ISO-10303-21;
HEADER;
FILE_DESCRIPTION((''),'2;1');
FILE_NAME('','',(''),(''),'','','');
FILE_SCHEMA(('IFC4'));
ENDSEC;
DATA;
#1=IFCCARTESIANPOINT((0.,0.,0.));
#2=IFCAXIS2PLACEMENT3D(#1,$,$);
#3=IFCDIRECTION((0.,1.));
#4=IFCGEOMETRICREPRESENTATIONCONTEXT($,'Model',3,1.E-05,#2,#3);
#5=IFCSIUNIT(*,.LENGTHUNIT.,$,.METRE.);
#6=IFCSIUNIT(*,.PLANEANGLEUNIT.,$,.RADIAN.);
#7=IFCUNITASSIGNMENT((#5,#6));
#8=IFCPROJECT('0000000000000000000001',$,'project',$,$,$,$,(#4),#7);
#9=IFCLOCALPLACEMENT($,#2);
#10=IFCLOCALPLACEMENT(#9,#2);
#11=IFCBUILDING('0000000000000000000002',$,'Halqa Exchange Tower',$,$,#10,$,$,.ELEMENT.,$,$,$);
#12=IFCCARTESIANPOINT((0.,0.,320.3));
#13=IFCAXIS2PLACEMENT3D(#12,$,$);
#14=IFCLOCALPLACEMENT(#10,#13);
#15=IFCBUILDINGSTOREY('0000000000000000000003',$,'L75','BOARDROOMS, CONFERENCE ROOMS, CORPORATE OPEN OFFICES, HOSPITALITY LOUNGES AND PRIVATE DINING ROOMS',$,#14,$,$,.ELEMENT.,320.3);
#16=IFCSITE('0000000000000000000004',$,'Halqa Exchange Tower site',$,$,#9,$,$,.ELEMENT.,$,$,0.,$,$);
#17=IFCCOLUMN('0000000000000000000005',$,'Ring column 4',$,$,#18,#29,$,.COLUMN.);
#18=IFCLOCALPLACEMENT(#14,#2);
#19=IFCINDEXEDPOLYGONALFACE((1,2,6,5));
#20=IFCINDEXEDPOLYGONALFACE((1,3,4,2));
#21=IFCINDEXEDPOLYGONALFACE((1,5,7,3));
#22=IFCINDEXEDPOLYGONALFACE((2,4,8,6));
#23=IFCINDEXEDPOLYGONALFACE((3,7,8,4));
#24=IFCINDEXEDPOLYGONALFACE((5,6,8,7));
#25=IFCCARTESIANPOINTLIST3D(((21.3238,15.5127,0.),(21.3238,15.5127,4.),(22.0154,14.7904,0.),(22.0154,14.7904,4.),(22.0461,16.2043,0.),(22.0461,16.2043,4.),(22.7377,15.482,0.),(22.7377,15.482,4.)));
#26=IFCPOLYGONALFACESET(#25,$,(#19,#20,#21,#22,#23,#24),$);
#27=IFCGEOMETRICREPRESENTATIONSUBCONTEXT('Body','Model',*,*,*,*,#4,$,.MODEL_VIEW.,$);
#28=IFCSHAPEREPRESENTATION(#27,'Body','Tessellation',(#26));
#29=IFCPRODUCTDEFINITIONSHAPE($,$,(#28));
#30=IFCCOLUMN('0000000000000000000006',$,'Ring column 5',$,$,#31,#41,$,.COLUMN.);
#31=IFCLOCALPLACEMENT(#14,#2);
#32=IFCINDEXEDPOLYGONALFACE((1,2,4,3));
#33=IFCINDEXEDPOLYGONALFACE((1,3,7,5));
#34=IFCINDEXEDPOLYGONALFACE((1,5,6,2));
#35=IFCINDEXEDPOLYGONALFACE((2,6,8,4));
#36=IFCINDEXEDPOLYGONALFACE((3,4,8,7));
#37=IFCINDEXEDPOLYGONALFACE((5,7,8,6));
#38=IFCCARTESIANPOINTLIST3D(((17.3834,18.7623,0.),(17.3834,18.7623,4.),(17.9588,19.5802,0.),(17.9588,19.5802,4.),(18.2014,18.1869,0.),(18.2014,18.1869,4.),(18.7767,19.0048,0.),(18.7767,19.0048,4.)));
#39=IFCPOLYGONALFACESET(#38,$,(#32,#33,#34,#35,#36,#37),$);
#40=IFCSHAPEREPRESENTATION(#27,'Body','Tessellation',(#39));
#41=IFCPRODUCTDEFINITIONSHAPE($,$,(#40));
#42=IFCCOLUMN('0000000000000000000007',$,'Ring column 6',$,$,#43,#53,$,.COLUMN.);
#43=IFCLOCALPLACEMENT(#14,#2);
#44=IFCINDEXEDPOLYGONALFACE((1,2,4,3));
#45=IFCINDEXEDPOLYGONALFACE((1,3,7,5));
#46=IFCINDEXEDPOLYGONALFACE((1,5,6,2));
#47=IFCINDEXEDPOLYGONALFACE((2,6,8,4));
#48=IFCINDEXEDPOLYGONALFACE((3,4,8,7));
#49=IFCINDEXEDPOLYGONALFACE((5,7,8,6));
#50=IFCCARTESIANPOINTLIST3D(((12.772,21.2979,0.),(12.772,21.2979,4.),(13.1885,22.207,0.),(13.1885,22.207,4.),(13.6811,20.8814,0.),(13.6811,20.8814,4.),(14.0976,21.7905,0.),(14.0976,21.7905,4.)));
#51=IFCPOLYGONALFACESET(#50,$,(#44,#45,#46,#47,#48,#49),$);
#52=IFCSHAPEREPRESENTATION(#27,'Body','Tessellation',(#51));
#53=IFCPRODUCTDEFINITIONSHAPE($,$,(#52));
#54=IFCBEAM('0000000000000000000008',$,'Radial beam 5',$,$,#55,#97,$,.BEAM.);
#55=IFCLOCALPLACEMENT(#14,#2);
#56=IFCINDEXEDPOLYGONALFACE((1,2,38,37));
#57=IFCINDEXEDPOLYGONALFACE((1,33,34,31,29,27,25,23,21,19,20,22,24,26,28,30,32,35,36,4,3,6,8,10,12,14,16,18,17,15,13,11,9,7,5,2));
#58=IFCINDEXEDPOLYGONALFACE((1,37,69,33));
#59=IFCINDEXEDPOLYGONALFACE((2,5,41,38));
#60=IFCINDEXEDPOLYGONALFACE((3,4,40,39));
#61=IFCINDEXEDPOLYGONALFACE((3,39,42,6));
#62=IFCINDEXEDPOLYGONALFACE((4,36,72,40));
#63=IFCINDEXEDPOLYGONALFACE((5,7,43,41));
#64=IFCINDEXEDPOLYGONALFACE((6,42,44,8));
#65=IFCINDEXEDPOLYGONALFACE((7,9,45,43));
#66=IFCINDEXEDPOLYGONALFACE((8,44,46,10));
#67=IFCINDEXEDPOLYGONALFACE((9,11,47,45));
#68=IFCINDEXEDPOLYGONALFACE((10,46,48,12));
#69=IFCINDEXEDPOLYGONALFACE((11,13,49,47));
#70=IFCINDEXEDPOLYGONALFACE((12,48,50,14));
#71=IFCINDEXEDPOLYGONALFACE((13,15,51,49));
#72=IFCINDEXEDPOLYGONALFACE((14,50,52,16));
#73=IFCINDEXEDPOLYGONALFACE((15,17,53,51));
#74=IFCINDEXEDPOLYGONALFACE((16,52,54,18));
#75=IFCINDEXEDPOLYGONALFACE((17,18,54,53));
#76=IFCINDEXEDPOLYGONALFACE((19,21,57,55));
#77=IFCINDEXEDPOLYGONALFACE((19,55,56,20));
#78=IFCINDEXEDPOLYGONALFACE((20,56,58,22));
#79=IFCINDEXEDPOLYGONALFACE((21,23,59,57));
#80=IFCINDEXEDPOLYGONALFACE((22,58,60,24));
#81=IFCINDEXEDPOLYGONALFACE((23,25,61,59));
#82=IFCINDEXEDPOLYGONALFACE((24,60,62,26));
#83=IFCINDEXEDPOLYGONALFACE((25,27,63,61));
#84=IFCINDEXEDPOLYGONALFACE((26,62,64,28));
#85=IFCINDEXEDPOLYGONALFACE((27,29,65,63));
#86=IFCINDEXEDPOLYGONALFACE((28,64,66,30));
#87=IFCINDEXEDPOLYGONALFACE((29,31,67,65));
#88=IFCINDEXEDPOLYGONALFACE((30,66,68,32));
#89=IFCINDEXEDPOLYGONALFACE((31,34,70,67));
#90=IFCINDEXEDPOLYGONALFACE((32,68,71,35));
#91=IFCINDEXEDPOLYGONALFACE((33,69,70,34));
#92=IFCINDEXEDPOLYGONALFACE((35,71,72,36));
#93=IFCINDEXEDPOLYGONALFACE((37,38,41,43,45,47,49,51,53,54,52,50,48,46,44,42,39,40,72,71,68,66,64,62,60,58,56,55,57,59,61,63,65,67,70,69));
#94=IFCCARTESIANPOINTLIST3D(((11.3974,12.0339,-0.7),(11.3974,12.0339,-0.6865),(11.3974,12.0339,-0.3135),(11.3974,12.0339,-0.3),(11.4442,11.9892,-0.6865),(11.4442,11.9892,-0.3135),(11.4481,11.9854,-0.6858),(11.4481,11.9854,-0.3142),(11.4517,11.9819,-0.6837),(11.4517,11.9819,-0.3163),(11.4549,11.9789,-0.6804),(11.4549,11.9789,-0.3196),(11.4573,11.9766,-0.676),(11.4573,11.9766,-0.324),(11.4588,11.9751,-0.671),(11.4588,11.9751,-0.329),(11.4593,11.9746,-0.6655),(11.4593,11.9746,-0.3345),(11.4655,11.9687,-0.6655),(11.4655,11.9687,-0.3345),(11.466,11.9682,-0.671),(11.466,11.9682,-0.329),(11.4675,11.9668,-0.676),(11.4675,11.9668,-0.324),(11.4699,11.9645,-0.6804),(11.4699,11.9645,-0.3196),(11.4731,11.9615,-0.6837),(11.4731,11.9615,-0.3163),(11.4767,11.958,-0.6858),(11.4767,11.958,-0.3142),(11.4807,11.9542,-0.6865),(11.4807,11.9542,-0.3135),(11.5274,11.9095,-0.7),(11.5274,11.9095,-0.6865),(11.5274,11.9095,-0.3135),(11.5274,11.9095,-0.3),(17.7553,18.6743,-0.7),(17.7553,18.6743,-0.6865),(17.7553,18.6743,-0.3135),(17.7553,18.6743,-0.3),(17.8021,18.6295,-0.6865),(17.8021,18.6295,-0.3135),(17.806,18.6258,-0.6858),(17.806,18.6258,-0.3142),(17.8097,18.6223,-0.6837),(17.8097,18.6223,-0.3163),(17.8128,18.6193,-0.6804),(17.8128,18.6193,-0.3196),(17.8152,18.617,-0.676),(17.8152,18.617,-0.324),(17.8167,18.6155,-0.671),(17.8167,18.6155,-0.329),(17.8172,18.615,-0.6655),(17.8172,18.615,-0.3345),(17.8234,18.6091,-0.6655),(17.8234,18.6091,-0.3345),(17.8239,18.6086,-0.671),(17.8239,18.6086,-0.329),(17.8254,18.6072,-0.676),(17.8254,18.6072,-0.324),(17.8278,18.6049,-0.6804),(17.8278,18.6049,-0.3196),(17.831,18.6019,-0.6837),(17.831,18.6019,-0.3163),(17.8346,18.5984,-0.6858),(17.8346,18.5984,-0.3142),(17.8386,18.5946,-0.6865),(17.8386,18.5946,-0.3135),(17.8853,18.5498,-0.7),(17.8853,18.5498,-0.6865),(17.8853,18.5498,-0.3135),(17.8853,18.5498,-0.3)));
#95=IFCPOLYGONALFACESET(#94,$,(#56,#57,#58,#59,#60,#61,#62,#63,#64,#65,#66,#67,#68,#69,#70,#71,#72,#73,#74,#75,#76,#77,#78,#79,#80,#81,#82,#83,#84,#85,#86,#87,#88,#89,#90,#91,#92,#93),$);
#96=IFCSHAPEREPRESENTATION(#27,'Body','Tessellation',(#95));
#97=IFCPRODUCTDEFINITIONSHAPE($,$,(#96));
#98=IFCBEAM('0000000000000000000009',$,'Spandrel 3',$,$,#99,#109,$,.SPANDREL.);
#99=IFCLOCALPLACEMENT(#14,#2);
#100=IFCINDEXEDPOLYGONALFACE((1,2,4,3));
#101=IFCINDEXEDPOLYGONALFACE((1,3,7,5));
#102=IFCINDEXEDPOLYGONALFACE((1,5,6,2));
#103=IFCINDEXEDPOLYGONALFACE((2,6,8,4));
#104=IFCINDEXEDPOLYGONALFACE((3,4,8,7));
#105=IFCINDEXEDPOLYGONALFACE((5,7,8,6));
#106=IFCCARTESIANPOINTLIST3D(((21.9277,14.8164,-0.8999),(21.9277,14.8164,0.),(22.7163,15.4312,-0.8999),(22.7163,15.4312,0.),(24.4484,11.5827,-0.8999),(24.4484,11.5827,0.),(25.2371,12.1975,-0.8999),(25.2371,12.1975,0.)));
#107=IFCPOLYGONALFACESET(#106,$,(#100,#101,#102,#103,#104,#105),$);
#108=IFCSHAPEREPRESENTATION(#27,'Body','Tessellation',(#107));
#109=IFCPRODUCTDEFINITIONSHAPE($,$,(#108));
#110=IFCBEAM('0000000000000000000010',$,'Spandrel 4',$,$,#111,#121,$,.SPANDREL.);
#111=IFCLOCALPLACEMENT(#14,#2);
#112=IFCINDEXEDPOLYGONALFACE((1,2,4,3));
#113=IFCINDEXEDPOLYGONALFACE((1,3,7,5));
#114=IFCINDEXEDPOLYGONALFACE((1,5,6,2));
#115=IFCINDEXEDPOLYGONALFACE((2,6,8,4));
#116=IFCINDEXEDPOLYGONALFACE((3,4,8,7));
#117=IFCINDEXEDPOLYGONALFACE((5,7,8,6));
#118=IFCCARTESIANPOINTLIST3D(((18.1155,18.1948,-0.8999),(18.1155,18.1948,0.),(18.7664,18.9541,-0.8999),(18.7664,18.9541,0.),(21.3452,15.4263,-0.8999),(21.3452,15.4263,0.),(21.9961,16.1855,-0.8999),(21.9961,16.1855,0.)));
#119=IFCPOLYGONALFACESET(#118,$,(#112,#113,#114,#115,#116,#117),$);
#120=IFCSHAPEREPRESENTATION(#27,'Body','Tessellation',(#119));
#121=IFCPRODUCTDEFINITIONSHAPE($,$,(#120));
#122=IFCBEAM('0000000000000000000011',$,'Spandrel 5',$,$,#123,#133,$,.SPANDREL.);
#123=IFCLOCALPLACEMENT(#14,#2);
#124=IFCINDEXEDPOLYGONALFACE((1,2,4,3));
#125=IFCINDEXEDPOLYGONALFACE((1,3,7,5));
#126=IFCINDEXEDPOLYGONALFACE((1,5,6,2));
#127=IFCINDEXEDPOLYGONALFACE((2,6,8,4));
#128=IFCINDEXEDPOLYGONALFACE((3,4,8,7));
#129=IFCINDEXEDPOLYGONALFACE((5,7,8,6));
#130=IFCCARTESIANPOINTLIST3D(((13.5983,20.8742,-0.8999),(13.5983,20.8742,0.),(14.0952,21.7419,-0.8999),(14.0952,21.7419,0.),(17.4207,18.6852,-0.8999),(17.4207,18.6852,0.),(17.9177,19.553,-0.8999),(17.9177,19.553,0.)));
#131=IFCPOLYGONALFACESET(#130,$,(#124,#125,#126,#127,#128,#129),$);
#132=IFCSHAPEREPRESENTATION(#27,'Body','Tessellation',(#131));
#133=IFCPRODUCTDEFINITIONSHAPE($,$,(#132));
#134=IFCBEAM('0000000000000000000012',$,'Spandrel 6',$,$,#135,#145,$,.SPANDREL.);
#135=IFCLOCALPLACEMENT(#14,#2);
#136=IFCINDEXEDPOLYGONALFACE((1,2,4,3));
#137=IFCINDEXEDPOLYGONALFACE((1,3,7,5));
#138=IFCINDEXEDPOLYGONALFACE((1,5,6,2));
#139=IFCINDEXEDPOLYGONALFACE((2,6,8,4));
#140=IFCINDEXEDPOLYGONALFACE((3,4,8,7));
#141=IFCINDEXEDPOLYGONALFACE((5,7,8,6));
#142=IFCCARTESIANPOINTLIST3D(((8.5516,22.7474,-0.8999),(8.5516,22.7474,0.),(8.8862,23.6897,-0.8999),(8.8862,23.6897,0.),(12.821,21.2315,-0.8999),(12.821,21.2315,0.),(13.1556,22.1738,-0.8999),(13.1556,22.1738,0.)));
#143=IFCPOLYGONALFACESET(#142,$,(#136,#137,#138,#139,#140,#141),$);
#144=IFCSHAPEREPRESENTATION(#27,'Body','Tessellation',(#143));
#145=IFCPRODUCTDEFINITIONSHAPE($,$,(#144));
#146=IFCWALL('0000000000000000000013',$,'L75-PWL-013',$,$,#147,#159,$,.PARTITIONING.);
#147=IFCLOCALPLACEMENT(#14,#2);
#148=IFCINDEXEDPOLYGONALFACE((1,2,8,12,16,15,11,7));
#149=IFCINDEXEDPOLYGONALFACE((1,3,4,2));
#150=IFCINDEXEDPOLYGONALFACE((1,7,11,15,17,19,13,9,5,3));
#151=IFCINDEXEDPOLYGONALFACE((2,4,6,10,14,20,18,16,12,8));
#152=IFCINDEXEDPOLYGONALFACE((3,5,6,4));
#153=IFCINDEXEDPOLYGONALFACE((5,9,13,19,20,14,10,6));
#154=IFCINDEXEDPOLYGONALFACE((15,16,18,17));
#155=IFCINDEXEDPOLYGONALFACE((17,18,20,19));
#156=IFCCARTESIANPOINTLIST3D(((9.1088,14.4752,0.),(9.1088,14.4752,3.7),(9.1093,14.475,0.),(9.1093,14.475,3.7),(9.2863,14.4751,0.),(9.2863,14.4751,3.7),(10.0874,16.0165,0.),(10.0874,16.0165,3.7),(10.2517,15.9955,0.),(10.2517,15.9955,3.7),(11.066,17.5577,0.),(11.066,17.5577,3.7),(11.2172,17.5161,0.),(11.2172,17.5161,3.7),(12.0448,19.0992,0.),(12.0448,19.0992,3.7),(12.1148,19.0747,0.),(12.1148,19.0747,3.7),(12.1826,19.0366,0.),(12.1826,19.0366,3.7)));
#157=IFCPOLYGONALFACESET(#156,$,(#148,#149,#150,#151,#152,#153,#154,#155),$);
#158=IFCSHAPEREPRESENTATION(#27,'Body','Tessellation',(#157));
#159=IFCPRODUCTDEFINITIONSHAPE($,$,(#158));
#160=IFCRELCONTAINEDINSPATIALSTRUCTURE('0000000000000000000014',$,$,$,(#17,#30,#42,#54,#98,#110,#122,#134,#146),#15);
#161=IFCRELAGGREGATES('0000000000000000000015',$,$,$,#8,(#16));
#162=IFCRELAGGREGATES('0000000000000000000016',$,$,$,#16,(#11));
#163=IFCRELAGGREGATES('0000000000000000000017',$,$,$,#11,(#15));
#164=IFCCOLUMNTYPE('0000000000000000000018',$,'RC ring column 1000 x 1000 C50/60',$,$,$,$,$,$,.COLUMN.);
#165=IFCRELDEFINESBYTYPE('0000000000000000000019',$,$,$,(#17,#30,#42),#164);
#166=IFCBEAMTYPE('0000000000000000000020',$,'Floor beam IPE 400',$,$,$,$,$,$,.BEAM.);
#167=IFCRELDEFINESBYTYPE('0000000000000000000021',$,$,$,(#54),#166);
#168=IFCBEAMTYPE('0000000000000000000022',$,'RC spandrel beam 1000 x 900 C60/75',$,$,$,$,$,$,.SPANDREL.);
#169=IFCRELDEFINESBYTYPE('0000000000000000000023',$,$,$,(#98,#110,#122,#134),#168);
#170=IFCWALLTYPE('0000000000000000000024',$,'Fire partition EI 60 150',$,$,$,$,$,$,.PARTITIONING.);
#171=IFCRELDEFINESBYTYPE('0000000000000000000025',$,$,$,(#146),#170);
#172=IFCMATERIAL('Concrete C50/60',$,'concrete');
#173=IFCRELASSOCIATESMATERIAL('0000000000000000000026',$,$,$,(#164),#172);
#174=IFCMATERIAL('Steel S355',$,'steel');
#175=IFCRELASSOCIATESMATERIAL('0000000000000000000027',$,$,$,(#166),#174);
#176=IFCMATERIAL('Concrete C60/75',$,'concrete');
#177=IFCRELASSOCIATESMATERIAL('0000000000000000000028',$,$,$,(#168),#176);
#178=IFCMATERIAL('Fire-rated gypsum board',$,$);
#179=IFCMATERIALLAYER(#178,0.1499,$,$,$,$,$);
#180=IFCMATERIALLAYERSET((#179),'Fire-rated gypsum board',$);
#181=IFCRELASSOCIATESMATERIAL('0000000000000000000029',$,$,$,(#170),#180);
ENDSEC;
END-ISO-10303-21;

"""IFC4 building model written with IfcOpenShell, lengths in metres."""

from ifc_helpers import new_model, si_unit, direction, frame, origin, origin_2d, place, context, subcontext, project, spatial, polyline, rectangle, i_section, outline, extrude, material, layer, layer_set, material_profile, profile_set, type_object, element, save


model = new_model("IFC4")

# Units and contexts
model_context = context("Model", 3, precision=1e-05, world=origin(), true_north=direction((0.0, 1.0)))
body_context = subcontext(model_context, "Body", "Model", "MODEL_VIEW")
ifc_project = project(units=[si_unit("LENGTHUNIT", "METRE"), si_unit("PLANEANGLEUNIT", "RADIAN")], contexts=[model_context])

# Site, building, storey
site_placement = place(None, origin())
site = spatial("IfcSite", under=ifc_project, at=site_placement, Name="Halqa Exchange Tower site", CompositionType="ELEMENT", RefElevation=0.0)
building_placement = place(site_placement, origin())
building = spatial("IfcBuilding", under=site, at=building_placement, Name="Halqa Exchange Tower", CompositionType="ELEMENT")
storey_placement = place(building_placement, frame((0.0, 0.0, 320.3)))
storey = spatial("IfcBuildingStorey", under=building, at=storey_placement, Name="L75", Description="BOARDROOMS, CONFERENCE ROOMS, CORPORATE OPEN OFFICES, HOSPITALITY LOUNGES AND PRIVATE DINING ROOMS", CompositionType="ELEMENT", Elevation=320.3)

# Columns
ifc_material_1 = material(Name="Concrete C50/60", Category="concrete")
ifc_material_profile_1 = material_profile(ifc_material_1, rectangle(XDim=1.0, YDim=1.0, at=origin_2d()), Name="1000 x 1000")
ifc_profile_set_1 = profile_set([ifc_material_profile_1], Name="Concrete C50/60")
column_type = type_object("IfcColumnType", Name="RC ring column 1000 x 1000 C50/60", PredefinedType="COLUMN", material=ifc_profile_set_1)
for number, where, z_axis, x_axis, name in (
    (1, (22.0308, 15.4973, 0.0), (0.0, 0.0, 1.0), (-0.691579, 0.722301, 0.0), "Ring column 4"),
    (2, (18.0801, 18.8835, 0.0), (0.0, 0.0, 1.0), (-0.817907, 0.575351, 0.0), "Ring column 5"),
    (3, (13.4348, 21.5442, 0.0), (0.0, 0.0, 1.0), (-0.909129, 0.416516, 0.0), "Ring column 6"),
):
    element("IfcColumn", number, at=place(storey_placement, frame(where, z_axis=z_axis, x_axis=x_axis)), inside=storey, type_object=column_type, Name=name, PredefinedType="COLUMN", context=body_context, shape_type="SweptSolid", body=[
        extrude(rectangle(XDim=1.0, YDim=1.0, at=origin_2d()), origin(), (0.0, 0.0, 1.0), 4.0),
    ])

# Beams
ifc_material_2 = material(Name="Steel S355", Category="steel")
ifc_material_profile_2 = material_profile(ifc_material_2, i_section(OverallWidth=0.1799, OverallDepth=0.3999, WebThickness=0.0085, FlangeThickness=0.0134, FilletRadius=0.021, at=origin_2d()), Name="IPE 400")
ifc_profile_set_2 = profile_set([ifc_material_profile_2], Name="Steel S355")
beam_type_1 = type_object("IfcBeamType", Name="Floor beam IPE 400", PredefinedType="BEAM", material=ifc_profile_set_2)
beam_1_placement = place(storey_placement, frame((11.4624, 11.9717, -0.5), z_axis=(0.691577, 0.722303, 0.0), x_axis=(-0.722303, 0.691577, 0.0)))
element("IfcBeam", 4, at=beam_1_placement, inside=storey, type_object=beam_type_1, Name="Radial beam 5", PredefinedType="BEAM", context=body_context, shape_type="SweptSolid", body=[
    extrude(i_section(OverallWidth=0.1799, OverallDepth=0.3999, WebThickness=0.0085, FlangeThickness=0.0134, FilletRadius=0.021, at=origin_2d()), origin(), (0.0, 0.0, 1.0), 9.1934),
])
ifc_material_3 = material(Name="Concrete C60/75", Category="concrete")
ifc_material_profile_3 = material_profile(ifc_material_3, rectangle(XDim=1.0, YDim=0.8999, at=origin_2d()), Name="1000 x 900")
ifc_profile_set_3 = profile_set([ifc_material_profile_3], Name="Concrete C60/75")
beam_type_2 = type_object("IfcBeamType", Name="RC spandrel beam 1000 x 900 C60/75", PredefinedType="SPANDREL", material=ifc_profile_set_3)
beam_2_placement = place(storey_placement, frame((24.8428, 11.8901, -0.45), z_axis=(-0.614806, 0.788678, 0.0), x_axis=(-0.788678, -0.614806, 0.0)))
element("IfcBeam", 5, at=beam_2_placement, inside=storey, type_object=beam_type_2, Name="Spandrel 3", PredefinedType="SPANDREL", context=body_context, shape_type="SweptSolid", body=[
    extrude(rectangle(XDim=1.0, YDim=0.8999, at=origin_2d()), origin(), (0.0, 0.0, 1.0), 4.1001),
])
beam_3_placement = place(storey_placement, frame((21.6707, 15.8059, -0.45), z_axis=(-0.759232, 0.65082, 0.0), x_axis=(-0.65082, -0.759232, 0.0)))
element("IfcBeam", 6, at=beam_3_placement, inside=storey, type_object=beam_type_2, Name="Spandrel 4", PredefinedType="SPANDREL", context=body_context, shape_type="SweptSolid", body=[
    extrude(rectangle(XDim=1.0, YDim=0.8999, at=origin_2d()), origin(), (0.0, 0.0, 1.0), 4.2539),
])
beam_4_placement = place(storey_placement, frame((17.6692, 19.1191, -0.45), z_axis=(-0.867786, 0.496939, 0.0), x_axis=(-0.496939, -0.867786, 0.0)))
element("IfcBeam", 7, at=beam_4_placement, inside=storey, type_object=beam_type_2, Name="Spandrel 5", PredefinedType="SPANDREL", context=body_context, shape_type="SweptSolid", body=[
    extrude(rectangle(XDim=1.0, YDim=0.8999, at=origin_2d()), origin(), (0.0, 0.0, 1.0), 4.4048),
])
beam_5_placement = place(storey_placement, frame((12.9883, 21.7026, -0.45), z_axis=(-0.942361, 0.334598, 0.0), x_axis=(-0.334598, -0.942361, 0.0)))
element("IfcBeam", 8, at=beam_5_placement, inside=storey, type_object=beam_type_2, Name="Spandrel 6", PredefinedType="SPANDREL", context=body_context, shape_type="SweptSolid", body=[
    extrude(rectangle(XDim=1.0, YDim=0.8999, at=origin_2d()), origin(), (0.0, 0.0, 1.0), 4.5305),
])

# Wall
ifc_material_4 = material(Name="Fire-rated gypsum board")
ifc_layer_1 = layer(ifc_material_4, 0.1499)
ifc_layer_set_1 = layer_set([ifc_layer_1], Name="Fire-rated gypsum board")
wall_type_1 = type_object("IfcWallType", Name="Fire partition EI 60 150", PredefinedType="PARTITIONING", material=ifc_layer_set_1)
wall_1_placement = place(storey_placement, frame((9.1721, 14.4351, 0.0), z_axis=(0.0, 0.0, 1.0), x_axis=(0.536016, 0.844208, 0.0)))
element("IfcWall", 9, at=wall_1_placement, inside=storey, type_object=wall_type_1, Name="L75-PWL-013", PredefinedType="PARTITIONING", context=body_context, shape_type="SweptSolid", body=[
    extrude(outline(polyline([(0.095, -0.075), (1.896, -0.075), (3.6973, -0.075), (5.4983, -0.075), (5.4941, 0.0027), (5.4773, 0.075), (3.6514, 0.075), (1.8257, 0.075), (0.0, 0.075), (0.0, 0.0745), (0.095, -0.075)])), origin(), (0.0, 0.0, 1.0), 3.7),
])

save(model, "model.ifc")
